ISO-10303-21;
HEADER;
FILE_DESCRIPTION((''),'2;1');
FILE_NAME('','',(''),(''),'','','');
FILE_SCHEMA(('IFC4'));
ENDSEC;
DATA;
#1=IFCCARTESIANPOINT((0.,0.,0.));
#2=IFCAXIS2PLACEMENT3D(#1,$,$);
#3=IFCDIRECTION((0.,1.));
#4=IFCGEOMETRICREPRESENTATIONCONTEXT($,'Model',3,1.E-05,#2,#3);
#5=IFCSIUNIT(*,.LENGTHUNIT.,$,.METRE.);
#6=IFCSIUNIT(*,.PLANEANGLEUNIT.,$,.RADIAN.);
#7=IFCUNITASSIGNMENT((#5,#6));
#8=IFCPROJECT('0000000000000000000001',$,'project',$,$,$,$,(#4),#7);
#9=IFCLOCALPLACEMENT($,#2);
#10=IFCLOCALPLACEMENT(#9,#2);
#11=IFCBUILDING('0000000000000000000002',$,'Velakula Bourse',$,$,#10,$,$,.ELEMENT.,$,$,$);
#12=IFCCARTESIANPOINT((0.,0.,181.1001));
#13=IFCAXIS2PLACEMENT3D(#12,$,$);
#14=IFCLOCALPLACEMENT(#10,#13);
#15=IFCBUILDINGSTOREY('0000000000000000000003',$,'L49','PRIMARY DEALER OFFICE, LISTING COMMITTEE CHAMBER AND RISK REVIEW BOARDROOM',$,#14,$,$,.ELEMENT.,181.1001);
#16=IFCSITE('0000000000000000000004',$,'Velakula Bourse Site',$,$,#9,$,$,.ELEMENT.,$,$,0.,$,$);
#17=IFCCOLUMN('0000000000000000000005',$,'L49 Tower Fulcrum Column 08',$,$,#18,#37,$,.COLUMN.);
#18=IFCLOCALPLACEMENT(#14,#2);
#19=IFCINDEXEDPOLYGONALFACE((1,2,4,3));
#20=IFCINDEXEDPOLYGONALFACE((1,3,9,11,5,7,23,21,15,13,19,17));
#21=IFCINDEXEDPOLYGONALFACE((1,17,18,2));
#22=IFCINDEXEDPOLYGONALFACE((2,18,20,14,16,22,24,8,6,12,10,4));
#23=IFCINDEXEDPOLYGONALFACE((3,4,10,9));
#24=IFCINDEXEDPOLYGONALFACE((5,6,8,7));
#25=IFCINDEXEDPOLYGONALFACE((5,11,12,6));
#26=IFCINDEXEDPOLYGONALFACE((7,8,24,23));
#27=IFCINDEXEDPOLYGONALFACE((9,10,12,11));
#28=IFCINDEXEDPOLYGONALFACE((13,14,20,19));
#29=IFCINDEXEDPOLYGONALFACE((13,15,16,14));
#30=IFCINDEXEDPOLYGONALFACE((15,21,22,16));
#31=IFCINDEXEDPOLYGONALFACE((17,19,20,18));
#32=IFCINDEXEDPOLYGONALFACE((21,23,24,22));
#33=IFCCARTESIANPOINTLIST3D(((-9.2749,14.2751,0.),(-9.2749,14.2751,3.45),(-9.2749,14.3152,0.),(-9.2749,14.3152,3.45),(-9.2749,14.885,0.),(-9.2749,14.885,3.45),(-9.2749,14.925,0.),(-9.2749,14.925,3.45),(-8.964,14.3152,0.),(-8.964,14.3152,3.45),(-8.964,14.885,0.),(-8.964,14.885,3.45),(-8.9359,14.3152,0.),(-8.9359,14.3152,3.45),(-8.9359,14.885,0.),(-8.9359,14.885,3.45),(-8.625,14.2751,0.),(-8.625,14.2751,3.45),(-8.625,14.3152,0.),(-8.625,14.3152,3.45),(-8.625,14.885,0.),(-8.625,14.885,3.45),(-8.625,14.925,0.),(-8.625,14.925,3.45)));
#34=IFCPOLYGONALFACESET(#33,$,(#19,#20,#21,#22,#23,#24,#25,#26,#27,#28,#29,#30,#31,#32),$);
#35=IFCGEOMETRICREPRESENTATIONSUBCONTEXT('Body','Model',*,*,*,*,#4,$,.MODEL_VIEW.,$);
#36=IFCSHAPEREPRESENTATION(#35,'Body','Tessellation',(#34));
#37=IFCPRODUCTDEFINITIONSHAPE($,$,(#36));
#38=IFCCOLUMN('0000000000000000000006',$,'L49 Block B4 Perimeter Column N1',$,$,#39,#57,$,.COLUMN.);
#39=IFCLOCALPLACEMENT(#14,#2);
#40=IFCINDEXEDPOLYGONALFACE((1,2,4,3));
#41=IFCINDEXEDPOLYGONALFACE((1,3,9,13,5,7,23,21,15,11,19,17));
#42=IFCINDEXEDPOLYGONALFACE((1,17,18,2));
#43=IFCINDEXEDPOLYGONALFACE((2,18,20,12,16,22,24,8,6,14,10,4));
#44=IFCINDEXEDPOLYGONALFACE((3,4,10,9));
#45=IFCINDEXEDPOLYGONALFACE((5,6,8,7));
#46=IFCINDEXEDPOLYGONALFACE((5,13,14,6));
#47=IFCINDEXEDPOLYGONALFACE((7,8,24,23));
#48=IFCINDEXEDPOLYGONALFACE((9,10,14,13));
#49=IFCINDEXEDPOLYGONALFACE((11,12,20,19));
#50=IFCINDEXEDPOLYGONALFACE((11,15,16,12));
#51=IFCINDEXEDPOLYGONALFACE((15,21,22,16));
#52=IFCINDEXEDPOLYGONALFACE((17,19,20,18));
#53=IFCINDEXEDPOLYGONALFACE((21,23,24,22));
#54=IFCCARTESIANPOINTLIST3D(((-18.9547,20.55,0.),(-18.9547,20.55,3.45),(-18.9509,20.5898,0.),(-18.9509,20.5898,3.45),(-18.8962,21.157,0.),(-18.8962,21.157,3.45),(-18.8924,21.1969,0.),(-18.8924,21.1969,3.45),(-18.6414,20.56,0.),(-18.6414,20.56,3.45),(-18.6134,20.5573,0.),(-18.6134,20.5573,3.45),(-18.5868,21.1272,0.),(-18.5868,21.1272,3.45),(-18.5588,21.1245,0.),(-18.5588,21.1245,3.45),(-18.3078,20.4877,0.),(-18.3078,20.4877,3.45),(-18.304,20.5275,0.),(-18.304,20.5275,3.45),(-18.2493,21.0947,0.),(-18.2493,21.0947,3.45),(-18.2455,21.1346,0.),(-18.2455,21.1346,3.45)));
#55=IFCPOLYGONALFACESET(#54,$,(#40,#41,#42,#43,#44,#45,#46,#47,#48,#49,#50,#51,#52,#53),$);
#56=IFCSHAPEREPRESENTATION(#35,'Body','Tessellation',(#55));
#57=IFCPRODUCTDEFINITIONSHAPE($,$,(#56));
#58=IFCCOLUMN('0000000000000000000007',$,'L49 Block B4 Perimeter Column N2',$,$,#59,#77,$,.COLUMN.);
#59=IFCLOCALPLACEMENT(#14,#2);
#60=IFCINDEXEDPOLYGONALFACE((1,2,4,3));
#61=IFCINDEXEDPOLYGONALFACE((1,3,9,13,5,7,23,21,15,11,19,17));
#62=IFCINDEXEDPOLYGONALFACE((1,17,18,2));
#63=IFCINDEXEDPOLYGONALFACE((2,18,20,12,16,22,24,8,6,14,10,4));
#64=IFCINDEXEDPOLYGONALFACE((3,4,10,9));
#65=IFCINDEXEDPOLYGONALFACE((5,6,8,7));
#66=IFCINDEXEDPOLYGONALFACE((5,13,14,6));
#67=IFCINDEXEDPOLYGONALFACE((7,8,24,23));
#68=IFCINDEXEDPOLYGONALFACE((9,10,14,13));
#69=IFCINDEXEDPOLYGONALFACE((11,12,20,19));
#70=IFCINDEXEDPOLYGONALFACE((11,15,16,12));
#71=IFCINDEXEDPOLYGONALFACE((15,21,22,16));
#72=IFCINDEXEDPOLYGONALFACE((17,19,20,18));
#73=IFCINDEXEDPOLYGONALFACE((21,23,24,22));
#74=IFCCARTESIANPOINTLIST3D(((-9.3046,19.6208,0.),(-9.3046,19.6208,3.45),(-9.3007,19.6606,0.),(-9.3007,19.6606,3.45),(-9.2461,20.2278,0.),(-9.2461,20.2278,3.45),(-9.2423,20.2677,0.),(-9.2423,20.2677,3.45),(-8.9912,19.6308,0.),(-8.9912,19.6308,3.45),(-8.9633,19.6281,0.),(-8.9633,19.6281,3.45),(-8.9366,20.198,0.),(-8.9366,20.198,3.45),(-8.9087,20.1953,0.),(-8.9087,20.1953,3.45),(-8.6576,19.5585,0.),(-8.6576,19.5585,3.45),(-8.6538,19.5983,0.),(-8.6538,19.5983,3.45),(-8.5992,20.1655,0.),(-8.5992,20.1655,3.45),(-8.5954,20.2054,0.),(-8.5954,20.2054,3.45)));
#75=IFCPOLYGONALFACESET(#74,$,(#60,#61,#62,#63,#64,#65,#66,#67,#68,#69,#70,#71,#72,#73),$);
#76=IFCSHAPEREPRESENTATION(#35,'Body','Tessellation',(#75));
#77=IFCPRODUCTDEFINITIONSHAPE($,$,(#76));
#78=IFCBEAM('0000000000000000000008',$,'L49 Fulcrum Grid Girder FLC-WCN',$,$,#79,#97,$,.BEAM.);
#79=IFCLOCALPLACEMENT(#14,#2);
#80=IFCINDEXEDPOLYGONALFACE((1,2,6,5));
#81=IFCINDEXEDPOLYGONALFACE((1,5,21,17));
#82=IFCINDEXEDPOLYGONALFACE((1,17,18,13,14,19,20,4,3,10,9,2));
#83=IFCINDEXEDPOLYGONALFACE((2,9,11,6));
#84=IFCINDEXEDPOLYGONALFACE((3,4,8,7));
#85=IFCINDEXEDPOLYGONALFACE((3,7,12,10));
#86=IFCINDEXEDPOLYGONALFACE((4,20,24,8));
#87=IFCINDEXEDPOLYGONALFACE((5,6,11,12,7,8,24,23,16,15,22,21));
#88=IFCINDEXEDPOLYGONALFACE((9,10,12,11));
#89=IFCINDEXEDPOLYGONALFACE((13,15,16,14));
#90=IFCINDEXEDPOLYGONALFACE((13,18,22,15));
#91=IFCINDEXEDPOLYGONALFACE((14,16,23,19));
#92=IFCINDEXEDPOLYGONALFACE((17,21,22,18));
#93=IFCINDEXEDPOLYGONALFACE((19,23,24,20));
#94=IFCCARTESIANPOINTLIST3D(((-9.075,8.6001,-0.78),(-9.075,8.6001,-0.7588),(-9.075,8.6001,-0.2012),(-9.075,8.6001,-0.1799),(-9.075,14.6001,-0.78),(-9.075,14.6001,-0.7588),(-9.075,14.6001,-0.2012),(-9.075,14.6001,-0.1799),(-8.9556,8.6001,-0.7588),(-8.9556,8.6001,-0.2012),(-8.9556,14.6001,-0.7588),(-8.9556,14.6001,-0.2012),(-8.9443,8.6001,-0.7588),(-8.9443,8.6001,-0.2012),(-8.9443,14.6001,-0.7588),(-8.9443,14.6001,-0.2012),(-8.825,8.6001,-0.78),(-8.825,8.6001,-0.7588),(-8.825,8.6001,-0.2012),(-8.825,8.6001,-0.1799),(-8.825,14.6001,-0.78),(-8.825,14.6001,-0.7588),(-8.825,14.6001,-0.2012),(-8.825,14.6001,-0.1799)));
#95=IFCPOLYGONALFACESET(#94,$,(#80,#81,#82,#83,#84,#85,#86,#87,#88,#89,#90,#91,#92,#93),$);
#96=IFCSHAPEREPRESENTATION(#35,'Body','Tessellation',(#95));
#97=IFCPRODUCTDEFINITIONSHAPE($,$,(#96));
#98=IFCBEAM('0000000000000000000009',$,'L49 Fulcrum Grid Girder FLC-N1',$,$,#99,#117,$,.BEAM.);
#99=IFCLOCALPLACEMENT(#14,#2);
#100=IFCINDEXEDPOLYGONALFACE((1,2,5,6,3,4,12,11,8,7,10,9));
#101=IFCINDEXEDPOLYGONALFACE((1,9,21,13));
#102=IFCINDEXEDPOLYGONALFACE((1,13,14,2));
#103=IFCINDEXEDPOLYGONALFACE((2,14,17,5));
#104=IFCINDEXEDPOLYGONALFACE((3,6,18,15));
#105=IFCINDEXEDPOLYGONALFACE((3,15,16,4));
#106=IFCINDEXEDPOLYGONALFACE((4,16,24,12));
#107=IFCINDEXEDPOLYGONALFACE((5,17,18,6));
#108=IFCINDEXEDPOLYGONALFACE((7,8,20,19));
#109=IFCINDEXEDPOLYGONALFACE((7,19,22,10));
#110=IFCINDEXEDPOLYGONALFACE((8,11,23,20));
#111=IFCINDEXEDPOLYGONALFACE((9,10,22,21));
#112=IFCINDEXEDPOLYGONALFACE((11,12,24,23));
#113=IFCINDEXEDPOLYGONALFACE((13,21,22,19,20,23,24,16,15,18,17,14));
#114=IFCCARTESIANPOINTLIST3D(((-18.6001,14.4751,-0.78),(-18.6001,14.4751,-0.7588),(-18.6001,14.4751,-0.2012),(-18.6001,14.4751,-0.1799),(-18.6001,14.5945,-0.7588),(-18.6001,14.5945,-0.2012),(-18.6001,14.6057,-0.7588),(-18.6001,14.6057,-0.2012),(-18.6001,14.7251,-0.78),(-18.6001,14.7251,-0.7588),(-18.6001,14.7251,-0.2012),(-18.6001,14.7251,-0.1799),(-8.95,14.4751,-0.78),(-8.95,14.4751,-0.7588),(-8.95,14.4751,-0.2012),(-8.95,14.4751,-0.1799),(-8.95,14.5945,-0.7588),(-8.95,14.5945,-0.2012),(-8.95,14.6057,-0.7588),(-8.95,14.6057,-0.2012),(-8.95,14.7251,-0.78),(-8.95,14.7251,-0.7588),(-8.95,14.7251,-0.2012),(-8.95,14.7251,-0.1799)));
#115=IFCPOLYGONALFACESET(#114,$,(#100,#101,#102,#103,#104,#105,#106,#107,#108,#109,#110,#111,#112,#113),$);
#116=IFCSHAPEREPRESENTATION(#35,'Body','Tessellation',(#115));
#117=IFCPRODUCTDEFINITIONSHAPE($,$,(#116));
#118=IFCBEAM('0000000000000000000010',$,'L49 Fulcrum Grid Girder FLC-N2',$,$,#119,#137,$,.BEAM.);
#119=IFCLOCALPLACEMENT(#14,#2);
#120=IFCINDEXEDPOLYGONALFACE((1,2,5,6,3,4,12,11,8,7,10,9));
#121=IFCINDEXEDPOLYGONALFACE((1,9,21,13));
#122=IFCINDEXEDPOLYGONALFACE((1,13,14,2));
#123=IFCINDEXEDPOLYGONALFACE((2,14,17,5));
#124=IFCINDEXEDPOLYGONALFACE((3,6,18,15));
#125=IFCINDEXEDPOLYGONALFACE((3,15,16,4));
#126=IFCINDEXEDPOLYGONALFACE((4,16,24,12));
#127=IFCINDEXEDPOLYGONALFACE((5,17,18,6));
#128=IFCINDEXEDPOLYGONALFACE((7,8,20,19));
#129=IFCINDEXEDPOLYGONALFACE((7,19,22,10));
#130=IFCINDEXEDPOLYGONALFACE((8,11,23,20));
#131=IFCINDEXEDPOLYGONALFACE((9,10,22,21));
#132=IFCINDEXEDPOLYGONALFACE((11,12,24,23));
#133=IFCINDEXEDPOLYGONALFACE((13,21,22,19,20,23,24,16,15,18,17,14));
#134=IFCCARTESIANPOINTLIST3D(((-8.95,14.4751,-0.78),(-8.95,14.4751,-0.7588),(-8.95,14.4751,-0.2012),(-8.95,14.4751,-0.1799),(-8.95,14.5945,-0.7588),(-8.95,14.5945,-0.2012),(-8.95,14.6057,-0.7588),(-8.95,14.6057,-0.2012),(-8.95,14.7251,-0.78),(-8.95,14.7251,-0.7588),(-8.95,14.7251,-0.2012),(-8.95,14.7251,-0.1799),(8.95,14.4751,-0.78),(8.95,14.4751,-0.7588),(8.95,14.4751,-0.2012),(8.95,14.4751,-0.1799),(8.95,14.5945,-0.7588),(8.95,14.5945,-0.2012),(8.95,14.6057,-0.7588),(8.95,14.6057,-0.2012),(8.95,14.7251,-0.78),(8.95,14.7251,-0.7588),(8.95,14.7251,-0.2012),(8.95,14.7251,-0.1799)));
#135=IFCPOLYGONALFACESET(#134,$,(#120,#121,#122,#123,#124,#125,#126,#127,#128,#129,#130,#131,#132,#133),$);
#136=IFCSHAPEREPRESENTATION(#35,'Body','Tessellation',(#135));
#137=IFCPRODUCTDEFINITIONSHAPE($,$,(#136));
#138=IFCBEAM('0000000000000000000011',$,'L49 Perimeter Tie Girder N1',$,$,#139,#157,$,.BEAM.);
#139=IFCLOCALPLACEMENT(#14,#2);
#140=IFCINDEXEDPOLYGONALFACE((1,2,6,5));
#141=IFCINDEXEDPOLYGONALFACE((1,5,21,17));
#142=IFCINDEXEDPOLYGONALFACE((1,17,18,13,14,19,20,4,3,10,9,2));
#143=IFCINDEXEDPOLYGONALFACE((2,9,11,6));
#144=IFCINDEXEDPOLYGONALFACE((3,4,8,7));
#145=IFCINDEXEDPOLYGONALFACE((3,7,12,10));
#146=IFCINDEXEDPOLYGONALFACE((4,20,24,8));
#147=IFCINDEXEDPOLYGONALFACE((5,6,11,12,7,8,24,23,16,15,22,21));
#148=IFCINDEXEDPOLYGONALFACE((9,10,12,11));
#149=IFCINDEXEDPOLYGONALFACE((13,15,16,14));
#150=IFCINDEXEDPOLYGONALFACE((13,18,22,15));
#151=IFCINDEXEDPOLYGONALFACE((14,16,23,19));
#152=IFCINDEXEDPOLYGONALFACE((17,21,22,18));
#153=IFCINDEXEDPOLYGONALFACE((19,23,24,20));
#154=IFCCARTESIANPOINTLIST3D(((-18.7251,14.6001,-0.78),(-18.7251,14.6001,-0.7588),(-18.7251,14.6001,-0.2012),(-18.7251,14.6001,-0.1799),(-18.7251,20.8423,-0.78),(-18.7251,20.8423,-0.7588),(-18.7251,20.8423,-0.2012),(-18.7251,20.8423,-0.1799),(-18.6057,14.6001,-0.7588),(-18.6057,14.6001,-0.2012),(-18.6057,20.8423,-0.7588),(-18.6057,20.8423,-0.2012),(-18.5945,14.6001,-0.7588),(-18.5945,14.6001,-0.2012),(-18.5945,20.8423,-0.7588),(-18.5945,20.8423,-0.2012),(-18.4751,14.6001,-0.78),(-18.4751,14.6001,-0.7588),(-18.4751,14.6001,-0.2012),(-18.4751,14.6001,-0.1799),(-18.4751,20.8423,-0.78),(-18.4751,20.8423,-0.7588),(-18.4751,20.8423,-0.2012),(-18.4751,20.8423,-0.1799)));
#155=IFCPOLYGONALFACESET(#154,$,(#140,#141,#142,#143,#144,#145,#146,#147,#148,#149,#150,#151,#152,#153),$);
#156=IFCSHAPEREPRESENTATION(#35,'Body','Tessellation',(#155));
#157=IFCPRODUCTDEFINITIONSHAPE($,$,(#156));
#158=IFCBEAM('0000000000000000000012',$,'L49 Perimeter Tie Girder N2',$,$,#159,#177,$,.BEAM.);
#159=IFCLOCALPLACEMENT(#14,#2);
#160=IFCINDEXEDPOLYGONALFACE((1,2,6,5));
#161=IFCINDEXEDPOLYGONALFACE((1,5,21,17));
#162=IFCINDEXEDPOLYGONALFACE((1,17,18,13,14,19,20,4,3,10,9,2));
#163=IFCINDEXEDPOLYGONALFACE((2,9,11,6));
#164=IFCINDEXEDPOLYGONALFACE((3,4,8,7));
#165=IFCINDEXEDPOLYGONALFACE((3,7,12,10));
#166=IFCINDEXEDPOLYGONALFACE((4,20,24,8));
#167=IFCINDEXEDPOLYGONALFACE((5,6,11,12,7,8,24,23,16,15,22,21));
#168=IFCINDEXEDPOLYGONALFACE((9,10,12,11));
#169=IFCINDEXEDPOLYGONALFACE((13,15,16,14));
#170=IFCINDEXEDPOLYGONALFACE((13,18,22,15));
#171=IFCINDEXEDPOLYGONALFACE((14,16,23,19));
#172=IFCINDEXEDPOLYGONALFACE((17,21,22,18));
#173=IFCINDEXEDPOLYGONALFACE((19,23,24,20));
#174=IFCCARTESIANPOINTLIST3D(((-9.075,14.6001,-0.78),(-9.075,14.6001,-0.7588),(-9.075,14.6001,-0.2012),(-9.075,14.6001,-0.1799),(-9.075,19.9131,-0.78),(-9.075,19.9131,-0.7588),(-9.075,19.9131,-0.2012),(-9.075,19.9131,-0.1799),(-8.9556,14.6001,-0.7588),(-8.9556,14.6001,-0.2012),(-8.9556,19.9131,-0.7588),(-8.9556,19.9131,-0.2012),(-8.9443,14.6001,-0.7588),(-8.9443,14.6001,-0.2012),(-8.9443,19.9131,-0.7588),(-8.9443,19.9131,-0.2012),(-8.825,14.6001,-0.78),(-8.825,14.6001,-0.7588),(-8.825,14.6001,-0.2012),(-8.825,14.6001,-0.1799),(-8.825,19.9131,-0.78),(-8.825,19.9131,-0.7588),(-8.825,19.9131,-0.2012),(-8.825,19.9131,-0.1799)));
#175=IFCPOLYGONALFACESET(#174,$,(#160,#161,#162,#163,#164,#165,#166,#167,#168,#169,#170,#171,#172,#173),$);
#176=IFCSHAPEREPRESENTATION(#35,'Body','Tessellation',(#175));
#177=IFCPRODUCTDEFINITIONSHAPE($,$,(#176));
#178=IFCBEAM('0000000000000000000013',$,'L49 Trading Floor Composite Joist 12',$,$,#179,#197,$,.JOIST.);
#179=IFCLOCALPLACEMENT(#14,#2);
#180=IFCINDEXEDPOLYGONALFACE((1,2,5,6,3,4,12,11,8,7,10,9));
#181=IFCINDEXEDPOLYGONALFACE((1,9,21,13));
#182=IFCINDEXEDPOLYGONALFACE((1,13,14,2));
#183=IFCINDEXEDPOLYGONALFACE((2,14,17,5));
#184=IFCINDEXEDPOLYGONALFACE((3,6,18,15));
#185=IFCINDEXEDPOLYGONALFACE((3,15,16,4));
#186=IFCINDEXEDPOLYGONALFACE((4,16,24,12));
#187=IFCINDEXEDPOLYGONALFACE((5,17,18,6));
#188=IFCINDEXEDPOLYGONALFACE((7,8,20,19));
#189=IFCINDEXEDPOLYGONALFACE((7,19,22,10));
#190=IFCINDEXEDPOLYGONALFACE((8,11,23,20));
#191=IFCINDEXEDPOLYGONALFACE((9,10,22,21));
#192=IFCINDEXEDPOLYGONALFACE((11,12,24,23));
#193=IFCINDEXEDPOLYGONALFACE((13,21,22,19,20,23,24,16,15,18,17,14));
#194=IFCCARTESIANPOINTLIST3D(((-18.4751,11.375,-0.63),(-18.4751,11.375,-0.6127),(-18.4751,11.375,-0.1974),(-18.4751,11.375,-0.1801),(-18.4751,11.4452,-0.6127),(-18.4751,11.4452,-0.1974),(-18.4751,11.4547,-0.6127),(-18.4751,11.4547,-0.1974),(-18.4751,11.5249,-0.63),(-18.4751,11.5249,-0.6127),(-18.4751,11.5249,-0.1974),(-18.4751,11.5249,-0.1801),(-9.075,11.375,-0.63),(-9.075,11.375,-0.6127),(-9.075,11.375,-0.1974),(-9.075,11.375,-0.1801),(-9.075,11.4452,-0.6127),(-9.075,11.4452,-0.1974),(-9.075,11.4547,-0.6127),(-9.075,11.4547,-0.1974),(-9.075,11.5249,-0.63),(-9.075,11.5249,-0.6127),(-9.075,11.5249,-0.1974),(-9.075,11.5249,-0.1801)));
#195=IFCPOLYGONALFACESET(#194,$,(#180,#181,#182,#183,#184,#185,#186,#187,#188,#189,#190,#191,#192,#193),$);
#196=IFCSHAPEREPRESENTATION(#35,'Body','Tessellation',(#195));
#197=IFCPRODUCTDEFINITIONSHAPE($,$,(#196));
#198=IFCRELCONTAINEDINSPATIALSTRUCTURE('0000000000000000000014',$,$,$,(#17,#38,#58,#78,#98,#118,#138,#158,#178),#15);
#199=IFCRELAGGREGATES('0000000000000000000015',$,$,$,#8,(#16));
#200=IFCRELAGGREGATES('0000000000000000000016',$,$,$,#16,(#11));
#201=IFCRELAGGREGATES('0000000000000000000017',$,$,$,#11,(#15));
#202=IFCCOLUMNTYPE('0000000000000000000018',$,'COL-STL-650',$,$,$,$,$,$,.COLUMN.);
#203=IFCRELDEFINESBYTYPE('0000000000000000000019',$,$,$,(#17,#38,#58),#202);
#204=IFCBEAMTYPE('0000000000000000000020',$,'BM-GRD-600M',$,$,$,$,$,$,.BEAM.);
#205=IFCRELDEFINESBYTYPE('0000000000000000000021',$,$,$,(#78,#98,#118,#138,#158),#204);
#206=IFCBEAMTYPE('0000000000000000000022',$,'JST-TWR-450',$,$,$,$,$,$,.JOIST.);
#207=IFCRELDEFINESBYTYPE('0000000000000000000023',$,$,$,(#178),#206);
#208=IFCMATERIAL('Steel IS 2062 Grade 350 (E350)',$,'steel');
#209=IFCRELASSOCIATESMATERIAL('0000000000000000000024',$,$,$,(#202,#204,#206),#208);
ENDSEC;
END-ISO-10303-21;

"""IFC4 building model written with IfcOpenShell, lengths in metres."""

from ifc_helpers import new_model, si_unit, direction, frame, origin, origin_2d, place, context, subcontext, project, spatial, i_section, extrude, material, material_profile, profile_set, type_object, element, save


model = new_model("IFC4")

# Units and contexts
model_context = context("Model", 3, precision=1e-05, world=origin(), true_north=direction((0.0, 1.0)))
body_context = subcontext(model_context, "Body", "Model", "MODEL_VIEW")
ifc_project = project(units=[si_unit("LENGTHUNIT", "METRE"), si_unit("PLANEANGLEUNIT", "RADIAN")], contexts=[model_context])

# Site, building, storey
site_placement = place(None, origin())
site = spatial("IfcSite", under=ifc_project, at=site_placement, Name="Velakula Bourse Site", CompositionType="ELEMENT", RefElevation=0.0)
building_placement = place(site_placement, origin())
building = spatial("IfcBuilding", under=site, at=building_placement, Name="Velakula Bourse", CompositionType="ELEMENT")
storey_placement = place(building_placement, frame((0.0, 0.0, 181.1001)))
storey = spatial("IfcBuildingStorey", under=building, at=storey_placement, Name="L49", Description="PRIMARY DEALER OFFICE, LISTING COMMITTEE CHAMBER AND RISK REVIEW BOARDROOM", CompositionType="ELEMENT", Elevation=181.1001)

# Columns
ifc_material_1 = material(Name="Steel IS 2062 Grade 350 (E350)", Category="steel")
ifc_material_profile_1 = material_profile(ifc_material_1, i_section(OverallWidth=0.6499, OverallDepth=0.6499, WebThickness=0.0281, FlangeThickness=0.04, at=origin_2d()), Name="Steel IS 2062 Grade 350 (E350)")
ifc_profile_set_1 = profile_set([ifc_material_profile_1], Name="Steel IS 2062 Grade 350 (E350)")
column_type = type_object("IfcColumnType", Name="COL-STL-650", PredefinedType="COLUMN", material=ifc_profile_set_1)
for number, where, z_axis, x_axis, name in (
    (1, (-8.95, 14.6001, 0.0), (0.0, 0.0, 1.0), (1.0, 0.0, 0.0), "L49 Tower Fulcrum Column 08"),
    (2, (-18.6001, 20.8423, 0.0), (0.0, 0.0, 1.0), (0.995396, -0.095846, 0.0), "L49 Block B4 Perimeter Column N1"),
    (3, (-8.95, 19.9131, 0.0), (0.0, 0.0, 1.0), (0.995396, -0.095846, 0.0), "L49 Block B4 Perimeter Column N2"),
):
    element("IfcColumn", number, at=place(storey_placement, frame(where, z_axis=z_axis, x_axis=x_axis)), inside=storey, type_object=column_type, Name=name, PredefinedType="COLUMN", context=body_context, shape_type="SweptSolid", body=[
        extrude(i_section(OverallWidth=0.6499, OverallDepth=0.6499, WebThickness=0.0281, FlangeThickness=0.04, at=origin_2d()), origin(), (0.0, 0.0, 1.0), 3.45),
    ])

# Beams
ifc_material_profile_2 = material_profile(ifc_material_1, i_section(OverallWidth=0.25, OverallDepth=0.6001, WebThickness=0.0112, FlangeThickness=0.0212, at=origin_2d()), Name="Steel IS 2062 Grade 350 (E350)")
ifc_profile_set_2 = profile_set([ifc_material_profile_2], Name="Steel IS 2062 Grade 350 (E350)")
beam_type_1 = type_object("IfcBeamType", Name="BM-GRD-600M", PredefinedType="BEAM", material=ifc_profile_set_2)
beam_1_placement = place(storey_placement, frame((-8.95, 8.6001, -0.48), z_axis=(0.0, 1.0, 0.0), x_axis=(-1.0, 0.0, 0.0)))
element("IfcBeam", 4, at=beam_1_placement, inside=storey, type_object=beam_type_1, Name="L49 Fulcrum Grid Girder FLC-WCN", PredefinedType="BEAM", context=body_context, shape_type="SweptSolid", body=[
    extrude(i_section(OverallWidth=0.25, OverallDepth=0.6001, WebThickness=0.0112, FlangeThickness=0.0212, at=origin_2d()), origin(), (0.0, 0.0, 1.0), 6.0),
])
beam_2_placement = place(storey_placement, frame((-18.6001, 14.6001, -0.48), z_axis=(1.0, 0.0, 0.0), x_axis=(0.0, 1.0, 0.0)))
element("IfcBeam", 5, at=beam_2_placement, inside=storey, type_object=beam_type_1, Name="L49 Fulcrum Grid Girder FLC-N1", PredefinedType="BEAM", context=body_context, shape_type="SweptSolid", body=[
    extrude(i_section(OverallWidth=0.25, OverallDepth=0.6001, WebThickness=0.0112, FlangeThickness=0.0212, at=origin_2d()), origin(), (0.0, 0.0, 1.0), 9.6501),
])
beam_3_placement = place(storey_placement, frame((-8.95, 14.6001, -0.48), z_axis=(1.0, 0.0, 0.0), x_axis=(0.0, 1.0, 0.0)))
element("IfcBeam", 6, at=beam_3_placement, inside=storey, type_object=beam_type_1, Name="L49 Fulcrum Grid Girder FLC-N2", PredefinedType="BEAM", context=body_context, shape_type="SweptSolid", body=[
    extrude(i_section(OverallWidth=0.25, OverallDepth=0.6001, WebThickness=0.0112, FlangeThickness=0.0212, at=origin_2d()), origin(), (0.0, 0.0, 1.0), 17.8999),
])
beam_4_placement = place(storey_placement, frame((-18.6001, 14.6001, -0.48), z_axis=(0.0, 1.0, 0.0), x_axis=(-1.0, 0.0, 0.0)))
element("IfcBeam", 7, at=beam_4_placement, inside=storey, type_object=beam_type_1, Name="L49 Perimeter Tie Girder N1", PredefinedType="BEAM", context=body_context, shape_type="SweptSolid", body=[
    extrude(i_section(OverallWidth=0.25, OverallDepth=0.6001, WebThickness=0.0112, FlangeThickness=0.0212, at=origin_2d()), origin(), (0.0, 0.0, 1.0), 6.2422),
])
beam_5_placement = place(storey_placement, frame((-8.95, 14.6001, -0.48), z_axis=(0.0, 1.0, 0.0), x_axis=(-1.0, 0.0, 0.0)))
element("IfcBeam", 8, at=beam_5_placement, inside=storey, type_object=beam_type_1, Name="L49 Perimeter Tie Girder N2", PredefinedType="BEAM", context=body_context, shape_type="SweptSolid", body=[
    extrude(i_section(OverallWidth=0.25, OverallDepth=0.6001, WebThickness=0.0112, FlangeThickness=0.0212, at=origin_2d()), origin(), (0.0, 0.0, 1.0), 5.313),
])
ifc_material_profile_3 = material_profile(ifc_material_1, i_section(OverallWidth=0.1499, OverallDepth=0.45, WebThickness=0.0095, FlangeThickness=0.0173, at=origin_2d()), Name="Steel IS 2062 Grade 350 (E350)")
ifc_profile_set_3 = profile_set([ifc_material_profile_3], Name="Steel IS 2062 Grade 350 (E350)")
beam_type_2 = type_object("IfcBeamType", Name="JST-TWR-450", PredefinedType="JOIST", material=ifc_profile_set_3)
beam_6_placement = place(storey_placement, frame((-18.4751, 11.45, -0.405), z_axis=(1.0, 0.0, 0.0), x_axis=(0.0, 1.0, 0.0)))
element("IfcBeam", 9, at=beam_6_placement, inside=storey, type_object=beam_type_2, Name="L49 Trading Floor Composite Joist 12", PredefinedType="JOIST", context=body_context, shape_type="SweptSolid", body=[
    extrude(i_section(OverallWidth=0.1499, OverallDepth=0.45, WebThickness=0.0095, FlangeThickness=0.0173, at=origin_2d()), origin(), (0.0, 0.0, 1.0), 9.4001),
])

save(model, "model.ifc")
